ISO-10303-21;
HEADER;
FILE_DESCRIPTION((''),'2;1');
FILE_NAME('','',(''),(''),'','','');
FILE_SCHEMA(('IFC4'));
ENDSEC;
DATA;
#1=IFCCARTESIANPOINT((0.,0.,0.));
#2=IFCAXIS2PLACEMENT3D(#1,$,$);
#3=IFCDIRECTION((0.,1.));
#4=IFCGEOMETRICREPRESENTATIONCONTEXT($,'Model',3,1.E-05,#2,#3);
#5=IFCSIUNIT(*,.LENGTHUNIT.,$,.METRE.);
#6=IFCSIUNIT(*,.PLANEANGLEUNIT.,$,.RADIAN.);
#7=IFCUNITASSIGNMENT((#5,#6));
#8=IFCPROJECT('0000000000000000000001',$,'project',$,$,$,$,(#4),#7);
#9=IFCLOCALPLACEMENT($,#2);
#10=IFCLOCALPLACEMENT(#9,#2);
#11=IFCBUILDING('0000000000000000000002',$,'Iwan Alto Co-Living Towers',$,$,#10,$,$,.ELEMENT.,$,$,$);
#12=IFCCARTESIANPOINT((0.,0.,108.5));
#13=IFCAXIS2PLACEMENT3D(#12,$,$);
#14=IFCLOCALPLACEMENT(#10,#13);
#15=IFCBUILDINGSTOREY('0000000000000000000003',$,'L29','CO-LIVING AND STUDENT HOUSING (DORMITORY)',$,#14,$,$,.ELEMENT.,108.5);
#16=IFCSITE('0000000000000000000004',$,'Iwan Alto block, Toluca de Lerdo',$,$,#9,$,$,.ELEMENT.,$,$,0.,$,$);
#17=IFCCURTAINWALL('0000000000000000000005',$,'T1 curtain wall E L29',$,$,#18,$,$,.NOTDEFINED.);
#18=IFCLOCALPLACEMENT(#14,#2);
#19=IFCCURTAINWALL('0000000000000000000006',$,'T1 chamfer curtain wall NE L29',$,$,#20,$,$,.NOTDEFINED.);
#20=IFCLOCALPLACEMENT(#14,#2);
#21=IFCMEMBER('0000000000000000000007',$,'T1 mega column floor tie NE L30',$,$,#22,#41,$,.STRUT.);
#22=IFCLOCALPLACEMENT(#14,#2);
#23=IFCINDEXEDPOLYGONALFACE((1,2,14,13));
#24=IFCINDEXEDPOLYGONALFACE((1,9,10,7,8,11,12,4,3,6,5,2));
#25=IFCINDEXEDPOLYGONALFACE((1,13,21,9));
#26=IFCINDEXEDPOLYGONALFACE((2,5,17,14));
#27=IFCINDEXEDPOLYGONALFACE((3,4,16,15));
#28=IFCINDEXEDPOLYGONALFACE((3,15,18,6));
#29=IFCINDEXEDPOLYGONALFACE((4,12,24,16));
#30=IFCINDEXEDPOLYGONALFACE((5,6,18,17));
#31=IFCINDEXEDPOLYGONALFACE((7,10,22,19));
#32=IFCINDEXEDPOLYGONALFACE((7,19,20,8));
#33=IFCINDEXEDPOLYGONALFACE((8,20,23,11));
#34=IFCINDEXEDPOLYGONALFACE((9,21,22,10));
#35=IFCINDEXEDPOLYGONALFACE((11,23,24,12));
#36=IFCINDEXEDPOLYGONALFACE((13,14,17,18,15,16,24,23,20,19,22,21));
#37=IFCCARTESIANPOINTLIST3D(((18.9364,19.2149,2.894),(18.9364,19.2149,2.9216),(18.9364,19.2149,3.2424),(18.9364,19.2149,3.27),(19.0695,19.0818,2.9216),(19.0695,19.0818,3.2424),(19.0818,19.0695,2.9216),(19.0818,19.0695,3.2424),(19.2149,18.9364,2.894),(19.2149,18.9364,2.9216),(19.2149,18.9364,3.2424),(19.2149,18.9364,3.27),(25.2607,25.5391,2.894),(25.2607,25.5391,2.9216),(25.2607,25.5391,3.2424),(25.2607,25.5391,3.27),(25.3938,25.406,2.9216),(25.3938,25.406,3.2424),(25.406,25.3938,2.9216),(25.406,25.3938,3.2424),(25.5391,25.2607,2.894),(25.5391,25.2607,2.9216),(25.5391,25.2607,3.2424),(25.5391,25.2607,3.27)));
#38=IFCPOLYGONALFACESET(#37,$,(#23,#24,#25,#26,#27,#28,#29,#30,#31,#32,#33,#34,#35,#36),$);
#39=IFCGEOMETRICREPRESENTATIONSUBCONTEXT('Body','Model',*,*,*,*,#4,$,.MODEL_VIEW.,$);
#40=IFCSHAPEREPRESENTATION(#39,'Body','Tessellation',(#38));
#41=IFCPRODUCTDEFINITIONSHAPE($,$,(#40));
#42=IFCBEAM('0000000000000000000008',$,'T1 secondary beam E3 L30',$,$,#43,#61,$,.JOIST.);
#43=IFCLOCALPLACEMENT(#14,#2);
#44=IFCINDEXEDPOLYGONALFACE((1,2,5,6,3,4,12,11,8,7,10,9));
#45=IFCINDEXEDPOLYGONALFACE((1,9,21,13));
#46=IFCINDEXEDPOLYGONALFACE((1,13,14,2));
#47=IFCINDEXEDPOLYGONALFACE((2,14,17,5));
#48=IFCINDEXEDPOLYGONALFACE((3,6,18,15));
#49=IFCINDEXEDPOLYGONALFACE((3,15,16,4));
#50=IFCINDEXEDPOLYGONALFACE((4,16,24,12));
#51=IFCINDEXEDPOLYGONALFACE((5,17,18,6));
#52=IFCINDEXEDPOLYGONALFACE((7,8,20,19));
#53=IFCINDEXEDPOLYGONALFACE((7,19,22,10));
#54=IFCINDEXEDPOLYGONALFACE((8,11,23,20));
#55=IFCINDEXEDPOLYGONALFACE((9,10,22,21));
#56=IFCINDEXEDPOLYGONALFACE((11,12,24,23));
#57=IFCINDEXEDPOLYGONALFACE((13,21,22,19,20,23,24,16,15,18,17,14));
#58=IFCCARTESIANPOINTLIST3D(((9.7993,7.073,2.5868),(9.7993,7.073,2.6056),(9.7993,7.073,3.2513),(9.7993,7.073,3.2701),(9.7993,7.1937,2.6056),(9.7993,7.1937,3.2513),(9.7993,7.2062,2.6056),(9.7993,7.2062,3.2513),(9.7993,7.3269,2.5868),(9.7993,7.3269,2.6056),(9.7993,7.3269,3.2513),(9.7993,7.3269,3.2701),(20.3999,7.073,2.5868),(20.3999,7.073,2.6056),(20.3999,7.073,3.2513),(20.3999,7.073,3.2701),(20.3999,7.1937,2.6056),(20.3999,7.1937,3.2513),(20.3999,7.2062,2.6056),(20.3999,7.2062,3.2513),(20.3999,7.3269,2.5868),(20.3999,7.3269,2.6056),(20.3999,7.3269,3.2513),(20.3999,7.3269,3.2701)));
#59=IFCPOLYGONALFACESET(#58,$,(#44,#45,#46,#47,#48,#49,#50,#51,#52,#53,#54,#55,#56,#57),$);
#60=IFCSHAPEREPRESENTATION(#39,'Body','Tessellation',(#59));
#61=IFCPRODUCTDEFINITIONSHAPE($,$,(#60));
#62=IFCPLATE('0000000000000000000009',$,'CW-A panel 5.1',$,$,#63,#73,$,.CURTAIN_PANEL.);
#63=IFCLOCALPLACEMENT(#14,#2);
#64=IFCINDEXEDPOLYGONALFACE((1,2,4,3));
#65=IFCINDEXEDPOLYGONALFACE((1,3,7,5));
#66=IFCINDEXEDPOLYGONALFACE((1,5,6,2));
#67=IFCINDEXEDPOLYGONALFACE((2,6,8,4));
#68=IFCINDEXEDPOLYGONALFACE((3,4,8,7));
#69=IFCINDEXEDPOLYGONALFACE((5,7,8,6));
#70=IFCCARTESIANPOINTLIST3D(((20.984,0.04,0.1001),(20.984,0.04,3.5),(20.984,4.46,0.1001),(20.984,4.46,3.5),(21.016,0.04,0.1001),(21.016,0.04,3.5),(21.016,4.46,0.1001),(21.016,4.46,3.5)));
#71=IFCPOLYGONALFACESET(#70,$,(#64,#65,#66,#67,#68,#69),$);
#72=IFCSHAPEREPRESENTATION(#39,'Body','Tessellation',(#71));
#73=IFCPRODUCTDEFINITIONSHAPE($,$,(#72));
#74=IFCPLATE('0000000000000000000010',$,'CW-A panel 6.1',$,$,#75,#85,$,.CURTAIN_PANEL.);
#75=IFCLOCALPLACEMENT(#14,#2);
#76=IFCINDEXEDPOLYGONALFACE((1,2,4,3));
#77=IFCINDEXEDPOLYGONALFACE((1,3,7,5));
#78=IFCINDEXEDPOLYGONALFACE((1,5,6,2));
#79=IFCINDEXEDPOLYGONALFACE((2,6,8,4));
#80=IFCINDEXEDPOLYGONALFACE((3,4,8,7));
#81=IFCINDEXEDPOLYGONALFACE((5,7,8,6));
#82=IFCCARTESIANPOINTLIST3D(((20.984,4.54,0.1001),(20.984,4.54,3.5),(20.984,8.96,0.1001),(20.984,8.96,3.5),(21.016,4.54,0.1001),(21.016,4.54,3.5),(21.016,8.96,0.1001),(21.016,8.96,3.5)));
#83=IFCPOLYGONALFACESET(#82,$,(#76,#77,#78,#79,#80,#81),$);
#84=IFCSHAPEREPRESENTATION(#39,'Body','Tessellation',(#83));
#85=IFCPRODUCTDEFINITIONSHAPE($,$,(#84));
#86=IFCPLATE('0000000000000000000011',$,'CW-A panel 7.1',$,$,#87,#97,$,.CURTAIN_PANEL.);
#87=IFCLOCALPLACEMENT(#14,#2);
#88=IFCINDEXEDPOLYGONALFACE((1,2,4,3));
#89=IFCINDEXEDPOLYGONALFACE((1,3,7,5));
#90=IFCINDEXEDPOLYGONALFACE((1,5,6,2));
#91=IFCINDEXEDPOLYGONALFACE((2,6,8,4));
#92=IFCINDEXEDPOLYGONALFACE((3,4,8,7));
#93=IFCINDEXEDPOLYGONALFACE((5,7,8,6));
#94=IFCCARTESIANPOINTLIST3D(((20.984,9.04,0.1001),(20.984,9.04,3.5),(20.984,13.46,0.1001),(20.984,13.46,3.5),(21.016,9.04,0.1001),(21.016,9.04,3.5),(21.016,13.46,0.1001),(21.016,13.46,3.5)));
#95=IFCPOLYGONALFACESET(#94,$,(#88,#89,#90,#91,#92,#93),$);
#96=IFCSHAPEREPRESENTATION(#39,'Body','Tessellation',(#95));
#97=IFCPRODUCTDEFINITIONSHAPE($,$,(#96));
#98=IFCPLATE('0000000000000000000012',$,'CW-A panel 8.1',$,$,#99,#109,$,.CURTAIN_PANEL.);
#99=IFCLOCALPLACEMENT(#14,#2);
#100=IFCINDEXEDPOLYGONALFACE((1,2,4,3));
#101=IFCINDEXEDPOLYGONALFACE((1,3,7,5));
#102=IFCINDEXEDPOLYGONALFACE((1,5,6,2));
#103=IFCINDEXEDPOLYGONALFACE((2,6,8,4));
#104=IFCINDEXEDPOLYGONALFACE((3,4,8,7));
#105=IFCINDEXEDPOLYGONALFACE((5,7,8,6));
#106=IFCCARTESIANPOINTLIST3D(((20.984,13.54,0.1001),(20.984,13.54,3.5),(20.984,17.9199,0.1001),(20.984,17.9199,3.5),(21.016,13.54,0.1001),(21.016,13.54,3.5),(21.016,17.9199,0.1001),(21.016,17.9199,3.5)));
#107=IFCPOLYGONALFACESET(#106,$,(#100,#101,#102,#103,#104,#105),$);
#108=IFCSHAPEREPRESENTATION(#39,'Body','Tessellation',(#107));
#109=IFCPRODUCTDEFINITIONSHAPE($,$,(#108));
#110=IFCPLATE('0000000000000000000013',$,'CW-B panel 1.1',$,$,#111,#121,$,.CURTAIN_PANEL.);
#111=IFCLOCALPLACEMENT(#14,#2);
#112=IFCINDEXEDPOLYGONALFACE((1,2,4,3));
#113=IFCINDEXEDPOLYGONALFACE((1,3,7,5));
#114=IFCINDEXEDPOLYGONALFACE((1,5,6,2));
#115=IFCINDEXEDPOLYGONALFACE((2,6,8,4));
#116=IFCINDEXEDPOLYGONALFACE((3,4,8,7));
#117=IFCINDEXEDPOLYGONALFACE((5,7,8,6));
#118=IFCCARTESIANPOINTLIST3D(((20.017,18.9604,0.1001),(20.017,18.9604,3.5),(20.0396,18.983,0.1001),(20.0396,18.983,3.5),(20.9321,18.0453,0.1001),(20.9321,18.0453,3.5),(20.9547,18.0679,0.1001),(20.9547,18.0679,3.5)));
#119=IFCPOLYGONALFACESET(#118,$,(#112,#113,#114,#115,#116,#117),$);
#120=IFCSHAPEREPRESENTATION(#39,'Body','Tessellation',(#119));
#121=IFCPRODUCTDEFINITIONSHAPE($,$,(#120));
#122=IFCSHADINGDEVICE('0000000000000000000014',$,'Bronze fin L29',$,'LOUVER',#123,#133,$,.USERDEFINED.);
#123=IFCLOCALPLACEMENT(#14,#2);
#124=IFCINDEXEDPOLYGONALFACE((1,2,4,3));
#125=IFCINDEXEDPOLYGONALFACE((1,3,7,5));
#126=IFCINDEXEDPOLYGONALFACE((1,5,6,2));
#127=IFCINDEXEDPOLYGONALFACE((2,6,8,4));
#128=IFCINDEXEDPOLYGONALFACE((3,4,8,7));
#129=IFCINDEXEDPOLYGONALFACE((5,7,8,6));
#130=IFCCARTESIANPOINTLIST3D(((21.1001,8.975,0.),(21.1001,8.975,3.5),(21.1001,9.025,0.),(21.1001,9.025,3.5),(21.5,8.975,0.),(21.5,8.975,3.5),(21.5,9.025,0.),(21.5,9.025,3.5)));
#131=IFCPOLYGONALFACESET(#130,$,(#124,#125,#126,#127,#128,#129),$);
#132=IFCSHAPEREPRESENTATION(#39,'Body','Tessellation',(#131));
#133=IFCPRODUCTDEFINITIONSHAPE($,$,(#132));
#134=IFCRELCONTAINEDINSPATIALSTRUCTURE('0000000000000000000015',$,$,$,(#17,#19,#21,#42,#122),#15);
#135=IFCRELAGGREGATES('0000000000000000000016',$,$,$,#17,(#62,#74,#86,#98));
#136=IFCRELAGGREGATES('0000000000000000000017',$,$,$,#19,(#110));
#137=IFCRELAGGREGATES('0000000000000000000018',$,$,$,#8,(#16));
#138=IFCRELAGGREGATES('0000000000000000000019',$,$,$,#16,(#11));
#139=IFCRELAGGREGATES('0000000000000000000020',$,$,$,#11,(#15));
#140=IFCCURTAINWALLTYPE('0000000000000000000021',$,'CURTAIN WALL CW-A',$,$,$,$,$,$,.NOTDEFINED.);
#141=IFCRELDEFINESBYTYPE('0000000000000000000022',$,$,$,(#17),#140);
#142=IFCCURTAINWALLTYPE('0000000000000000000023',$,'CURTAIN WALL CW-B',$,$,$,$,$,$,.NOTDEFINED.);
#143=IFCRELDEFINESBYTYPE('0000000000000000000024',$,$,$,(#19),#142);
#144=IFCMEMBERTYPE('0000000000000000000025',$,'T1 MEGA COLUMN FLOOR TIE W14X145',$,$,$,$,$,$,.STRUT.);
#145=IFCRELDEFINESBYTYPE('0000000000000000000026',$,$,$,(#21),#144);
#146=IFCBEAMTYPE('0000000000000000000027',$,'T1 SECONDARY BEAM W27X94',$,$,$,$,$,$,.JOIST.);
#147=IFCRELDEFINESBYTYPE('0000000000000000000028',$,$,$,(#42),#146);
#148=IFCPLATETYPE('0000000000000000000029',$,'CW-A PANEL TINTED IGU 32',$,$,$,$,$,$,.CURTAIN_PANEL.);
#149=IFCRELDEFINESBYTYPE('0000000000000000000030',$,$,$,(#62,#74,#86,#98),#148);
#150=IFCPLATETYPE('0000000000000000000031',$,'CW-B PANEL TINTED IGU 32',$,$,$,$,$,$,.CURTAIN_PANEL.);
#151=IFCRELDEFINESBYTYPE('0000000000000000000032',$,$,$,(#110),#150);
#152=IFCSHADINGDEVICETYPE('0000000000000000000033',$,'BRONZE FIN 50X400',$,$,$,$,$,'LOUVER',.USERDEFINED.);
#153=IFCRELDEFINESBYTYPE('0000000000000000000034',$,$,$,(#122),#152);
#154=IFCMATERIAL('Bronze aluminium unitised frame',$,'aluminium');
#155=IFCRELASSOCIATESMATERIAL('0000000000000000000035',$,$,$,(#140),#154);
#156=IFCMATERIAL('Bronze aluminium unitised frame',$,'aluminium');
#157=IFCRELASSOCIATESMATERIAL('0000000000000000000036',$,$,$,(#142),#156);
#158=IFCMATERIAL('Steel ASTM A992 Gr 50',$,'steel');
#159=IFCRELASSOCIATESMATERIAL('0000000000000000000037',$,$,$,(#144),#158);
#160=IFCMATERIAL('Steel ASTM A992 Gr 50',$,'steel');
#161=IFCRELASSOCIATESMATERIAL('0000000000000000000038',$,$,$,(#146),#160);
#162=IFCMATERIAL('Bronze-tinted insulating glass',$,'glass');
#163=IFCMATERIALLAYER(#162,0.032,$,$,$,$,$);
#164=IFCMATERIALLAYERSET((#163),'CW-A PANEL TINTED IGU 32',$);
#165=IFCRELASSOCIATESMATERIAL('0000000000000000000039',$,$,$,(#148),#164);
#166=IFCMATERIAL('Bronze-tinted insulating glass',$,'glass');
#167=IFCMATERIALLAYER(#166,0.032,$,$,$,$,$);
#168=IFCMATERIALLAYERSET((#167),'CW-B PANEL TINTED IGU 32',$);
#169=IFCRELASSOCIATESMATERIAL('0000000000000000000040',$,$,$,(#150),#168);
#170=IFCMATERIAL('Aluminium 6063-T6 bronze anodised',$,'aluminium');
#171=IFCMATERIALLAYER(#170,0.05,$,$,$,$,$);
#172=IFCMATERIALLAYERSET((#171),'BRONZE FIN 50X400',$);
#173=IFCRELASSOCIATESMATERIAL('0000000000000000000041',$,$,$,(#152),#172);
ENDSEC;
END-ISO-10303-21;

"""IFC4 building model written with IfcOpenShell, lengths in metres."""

from ifc_helpers import new_model, si_unit, direction, frame, origin, origin_2d, place, context, subcontext, project, spatial, rectangle, i_section, extrude, material, layer, layer_set, material_profile, profile_set, type_object, element, aggregate, save


model = new_model("IFC4")

# Units and contexts
model_context = context("Model", 3, precision=1e-05, world=origin(), true_north=direction((0.0, 1.0)))
body_context = subcontext(model_context, "Body", "Model", "MODEL_VIEW")
ifc_project = project(units=[si_unit("LENGTHUNIT", "METRE"), si_unit("PLANEANGLEUNIT", "RADIAN")], contexts=[model_context])

# Site, building, storey
site_placement = place(None, origin())
site = spatial("IfcSite", under=ifc_project, at=site_placement, Name="Iwan Alto block, Toluca de Lerdo", CompositionType="ELEMENT", RefElevation=0.0)
building_placement = place(site_placement, origin())
building = spatial("IfcBuilding", under=site, at=building_placement, Name="Iwan Alto Co-Living Towers", CompositionType="ELEMENT")
storey_placement = place(building_placement, frame((0.0, 0.0, 108.5)))
storey = spatial("IfcBuildingStorey", under=building, at=storey_placement, Name="L29", Description="CO-LIVING AND STUDENT HOUSING (DORMITORY)", CompositionType="ELEMENT", Elevation=108.5)

# Curtain walls
ifc_material_1 = material(Name="Bronze aluminium unitised frame", Category="aluminium")
curtain_wall_type_1 = type_object("IfcCurtainWallType", Name="CURTAIN WALL CW-A", PredefinedType="NOTDEFINED", material=ifc_material_1)
curtain_wall_1_placement = place(storey_placement, origin())
curtain_wall_1 = element("IfcCurtainWall", 1, at=curtain_wall_1_placement, inside=storey, type_object=curtain_wall_type_1, Name="T1 curtain wall E L29", PredefinedType="NOTDEFINED")
ifc_material_2 = material(Name="Bronze aluminium unitised frame", Category="aluminium")
curtain_wall_type_2 = type_object("IfcCurtainWallType", Name="CURTAIN WALL CW-B", PredefinedType="NOTDEFINED", material=ifc_material_2)
curtain_wall_2_placement = place(storey_placement, origin())
curtain_wall_2 = element("IfcCurtainWall", 2, at=curtain_wall_2_placement, inside=storey, type_object=curtain_wall_type_2, Name="T1 chamfer curtain wall NE L29", PredefinedType="NOTDEFINED")

# Member
ifc_material_3 = material(Name="Steel ASTM A992 Gr 50", Category="steel")
ifc_material_profile_1 = material_profile(ifc_material_3, i_section(OverallWidth=0.3938, OverallDepth=0.376, WebThickness=0.0173, FlangeThickness=0.0276, at=origin_2d()), Name="W14X145")
ifc_profile_set_1 = profile_set([ifc_material_profile_1], Name="Steel ASTM A992 Gr 50")
member_type_1 = type_object("IfcMemberType", Name="T1 MEGA COLUMN FLOOR TIE W14X145", PredefinedType="STRUT", material=ifc_profile_set_1)
member_1_placement = place(storey_placement, frame((25.3999, 25.3999, 3.082), z_axis=(-0.707107, -0.707107, 0.0), x_axis=(0.707107, -0.707107, 0.0)))
element("IfcMember", 3, at=member_1_placement, inside=storey, type_object=member_type_1, Name="T1 mega column floor tie NE L30", PredefinedType="STRUT", context=body_context, shape_type="SweptSolid", body=[
    extrude(i_section(OverallWidth=0.3938, OverallDepth=0.376, WebThickness=0.0173, FlangeThickness=0.0276, at=origin_2d()), origin(), (0.0, 0.0, 1.0), 8.9438),
])

# Beam
ifc_material_4 = material(Name="Steel ASTM A992 Gr 50", Category="steel")
ifc_material_profile_2 = material_profile(ifc_material_4, i_section(OverallWidth=0.2539, OverallDepth=0.6833, WebThickness=0.0125, FlangeThickness=0.0188, at=origin_2d()), Name="W27X94")
ifc_profile_set_2 = profile_set([ifc_material_profile_2], Name="Steel ASTM A992 Gr 50")
beam_type = type_object("IfcBeamType", Name="T1 SECONDARY BEAM W27X94", PredefinedType="JOIST", material=ifc_profile_set_2)
beam_placement = place(storey_placement, frame((20.3999, 7.2, 2.9285), z_axis=(-1.0, 0.0, 0.0), x_axis=(0.0, -1.0, 0.0)))
element("IfcBeam", 4, at=beam_placement, inside=storey, type_object=beam_type, Name="T1 secondary beam E3 L30", PredefinedType="JOIST", context=body_context, shape_type="SweptSolid", body=[
    extrude(i_section(OverallWidth=0.2539, OverallDepth=0.6833, WebThickness=0.0125, FlangeThickness=0.0188, at=origin_2d()), origin(), (0.0, 0.0, 1.0), 10.6006),
])

# Plates
ifc_material_5 = material(Name="Bronze-tinted insulating glass", Category="glass")
ifc_layer_1 = layer(ifc_material_5, 0.032)
ifc_layer_set_1 = layer_set([ifc_layer_1], Name="CW-A PANEL TINTED IGU 32")
plate_type_1 = type_object("IfcPlateType", Name="CW-A PANEL TINTED IGU 32", PredefinedType="CURTAIN_PANEL", material=ifc_layer_set_1)
plate_1_placement = place(storey_placement, frame((21.0, 2.25, 0.1001), z_axis=(0.0, 0.0, 1.0), x_axis=(0.0, 1.0, 0.0)))
plate_1 = element("IfcPlate", 5, at=plate_1_placement, type_object=plate_type_1, Name="CW-A panel 5.1", PredefinedType="CURTAIN_PANEL", context=body_context, shape_type="SweptSolid", body=[
    extrude(rectangle(XDim=4.4199, YDim=0.032, at=origin_2d()), origin(), (0.0, 0.0, 1.0), 3.3999),
])
plate_2_placement = place(storey_placement, frame((21.0, 6.75, 0.1001), z_axis=(0.0, 0.0, 1.0), x_axis=(0.0, 1.0, 0.0)))
plate_2 = element("IfcPlate", 6, at=plate_2_placement, type_object=plate_type_1, Name="CW-A panel 6.1", PredefinedType="CURTAIN_PANEL", context=body_context, shape_type="SweptSolid", body=[
    extrude(rectangle(XDim=4.4199, YDim=0.032, at=origin_2d()), origin(), (0.0, 0.0, 1.0), 3.3999),
])
plate_3_placement = place(storey_placement, frame((21.0, 11.25, 0.1001), z_axis=(0.0, 0.0, 1.0), x_axis=(0.0, 1.0, 0.0)))
plate_3 = element("IfcPlate", 7, at=plate_3_placement, type_object=plate_type_1, Name="CW-A panel 7.1", PredefinedType="CURTAIN_PANEL", context=body_context, shape_type="SweptSolid", body=[
    extrude(rectangle(XDim=4.4199, YDim=0.032, at=origin_2d()), origin(), (0.0, 0.0, 1.0), 3.3999),
])
plate_4_placement = place(storey_placement, frame((21.0, 15.73, 0.1001), z_axis=(0.0, 0.0, 1.0), x_axis=(0.0, 1.0, 0.0)))
plate_4 = element("IfcPlate", 8, at=plate_4_placement, type_object=plate_type_1, Name="CW-A panel 8.1", PredefinedType="CURTAIN_PANEL", context=body_context, shape_type="SweptSolid", body=[
    extrude(rectangle(XDim=4.3799, YDim=0.032, at=origin_2d()), origin(), (0.0, 0.0, 1.0), 3.3999),
])
aggregate(curtain_wall_1, [plate_1, plate_2, plate_3, plate_4])
ifc_material_6 = material(Name="Bronze-tinted insulating glass", Category="glass")
ifc_layer_2 = layer(ifc_material_6, 0.032)
ifc_layer_set_2 = layer_set([ifc_layer_2], Name="CW-B PANEL TINTED IGU 32")
plate_type_2 = type_object("IfcPlateType", Name="CW-B PANEL TINTED IGU 32", PredefinedType="CURTAIN_PANEL", material=ifc_layer_set_2)
plate_5_placement = place(storey_placement, frame((20.4858, 18.5142, 0.1001), z_axis=(0.0, 0.0, 1.0), x_axis=(-0.707107, 0.707107, 0.0)))
plate_5 = element("IfcPlate", 9, at=plate_5_placement, type_object=plate_type_2, Name="CW-B panel 1.1", PredefinedType="CURTAIN_PANEL", context=body_context, shape_type="SweptSolid", body=[
    extrude(rectangle(XDim=1.2942, YDim=0.032, at=origin_2d()), origin(), (0.0, 0.0, 1.0), 3.3999),
])
aggregate(curtain_wall_2, [plate_5])

# Shading device
ifc_material_7 = material(Name="Aluminium 6063-T6 bronze anodised", Category="aluminium")
ifc_layer_3 = layer(ifc_material_7, 0.05)
ifc_layer_set_3 = layer_set([ifc_layer_3], Name="BRONZE FIN 50X400")
shading_device_type = type_object("IfcShadingDeviceType", Name="BRONZE FIN 50X400", ElementType="LOUVER", PredefinedType="USERDEFINED", material=ifc_layer_set_3)
shading_device_placement = place(storey_placement, frame((21.3, 9.0, 0.0), z_axis=(0.0, 0.0, 1.0), x_axis=(0.0, 1.0, 0.0)))
element("IfcShadingDevice", 10, at=shading_device_placement, inside=storey, type_object=shading_device_type, Name="Bronze fin L29", ObjectType="LOUVER", PredefinedType="USERDEFINED", context=body_context, shape_type="SweptSolid", body=[
    extrude(rectangle(XDim=0.05, YDim=0.3999, at=origin_2d()), origin(), (0.0, 0.0, 1.0), 3.5),
])

save(model, "model.ifc")
